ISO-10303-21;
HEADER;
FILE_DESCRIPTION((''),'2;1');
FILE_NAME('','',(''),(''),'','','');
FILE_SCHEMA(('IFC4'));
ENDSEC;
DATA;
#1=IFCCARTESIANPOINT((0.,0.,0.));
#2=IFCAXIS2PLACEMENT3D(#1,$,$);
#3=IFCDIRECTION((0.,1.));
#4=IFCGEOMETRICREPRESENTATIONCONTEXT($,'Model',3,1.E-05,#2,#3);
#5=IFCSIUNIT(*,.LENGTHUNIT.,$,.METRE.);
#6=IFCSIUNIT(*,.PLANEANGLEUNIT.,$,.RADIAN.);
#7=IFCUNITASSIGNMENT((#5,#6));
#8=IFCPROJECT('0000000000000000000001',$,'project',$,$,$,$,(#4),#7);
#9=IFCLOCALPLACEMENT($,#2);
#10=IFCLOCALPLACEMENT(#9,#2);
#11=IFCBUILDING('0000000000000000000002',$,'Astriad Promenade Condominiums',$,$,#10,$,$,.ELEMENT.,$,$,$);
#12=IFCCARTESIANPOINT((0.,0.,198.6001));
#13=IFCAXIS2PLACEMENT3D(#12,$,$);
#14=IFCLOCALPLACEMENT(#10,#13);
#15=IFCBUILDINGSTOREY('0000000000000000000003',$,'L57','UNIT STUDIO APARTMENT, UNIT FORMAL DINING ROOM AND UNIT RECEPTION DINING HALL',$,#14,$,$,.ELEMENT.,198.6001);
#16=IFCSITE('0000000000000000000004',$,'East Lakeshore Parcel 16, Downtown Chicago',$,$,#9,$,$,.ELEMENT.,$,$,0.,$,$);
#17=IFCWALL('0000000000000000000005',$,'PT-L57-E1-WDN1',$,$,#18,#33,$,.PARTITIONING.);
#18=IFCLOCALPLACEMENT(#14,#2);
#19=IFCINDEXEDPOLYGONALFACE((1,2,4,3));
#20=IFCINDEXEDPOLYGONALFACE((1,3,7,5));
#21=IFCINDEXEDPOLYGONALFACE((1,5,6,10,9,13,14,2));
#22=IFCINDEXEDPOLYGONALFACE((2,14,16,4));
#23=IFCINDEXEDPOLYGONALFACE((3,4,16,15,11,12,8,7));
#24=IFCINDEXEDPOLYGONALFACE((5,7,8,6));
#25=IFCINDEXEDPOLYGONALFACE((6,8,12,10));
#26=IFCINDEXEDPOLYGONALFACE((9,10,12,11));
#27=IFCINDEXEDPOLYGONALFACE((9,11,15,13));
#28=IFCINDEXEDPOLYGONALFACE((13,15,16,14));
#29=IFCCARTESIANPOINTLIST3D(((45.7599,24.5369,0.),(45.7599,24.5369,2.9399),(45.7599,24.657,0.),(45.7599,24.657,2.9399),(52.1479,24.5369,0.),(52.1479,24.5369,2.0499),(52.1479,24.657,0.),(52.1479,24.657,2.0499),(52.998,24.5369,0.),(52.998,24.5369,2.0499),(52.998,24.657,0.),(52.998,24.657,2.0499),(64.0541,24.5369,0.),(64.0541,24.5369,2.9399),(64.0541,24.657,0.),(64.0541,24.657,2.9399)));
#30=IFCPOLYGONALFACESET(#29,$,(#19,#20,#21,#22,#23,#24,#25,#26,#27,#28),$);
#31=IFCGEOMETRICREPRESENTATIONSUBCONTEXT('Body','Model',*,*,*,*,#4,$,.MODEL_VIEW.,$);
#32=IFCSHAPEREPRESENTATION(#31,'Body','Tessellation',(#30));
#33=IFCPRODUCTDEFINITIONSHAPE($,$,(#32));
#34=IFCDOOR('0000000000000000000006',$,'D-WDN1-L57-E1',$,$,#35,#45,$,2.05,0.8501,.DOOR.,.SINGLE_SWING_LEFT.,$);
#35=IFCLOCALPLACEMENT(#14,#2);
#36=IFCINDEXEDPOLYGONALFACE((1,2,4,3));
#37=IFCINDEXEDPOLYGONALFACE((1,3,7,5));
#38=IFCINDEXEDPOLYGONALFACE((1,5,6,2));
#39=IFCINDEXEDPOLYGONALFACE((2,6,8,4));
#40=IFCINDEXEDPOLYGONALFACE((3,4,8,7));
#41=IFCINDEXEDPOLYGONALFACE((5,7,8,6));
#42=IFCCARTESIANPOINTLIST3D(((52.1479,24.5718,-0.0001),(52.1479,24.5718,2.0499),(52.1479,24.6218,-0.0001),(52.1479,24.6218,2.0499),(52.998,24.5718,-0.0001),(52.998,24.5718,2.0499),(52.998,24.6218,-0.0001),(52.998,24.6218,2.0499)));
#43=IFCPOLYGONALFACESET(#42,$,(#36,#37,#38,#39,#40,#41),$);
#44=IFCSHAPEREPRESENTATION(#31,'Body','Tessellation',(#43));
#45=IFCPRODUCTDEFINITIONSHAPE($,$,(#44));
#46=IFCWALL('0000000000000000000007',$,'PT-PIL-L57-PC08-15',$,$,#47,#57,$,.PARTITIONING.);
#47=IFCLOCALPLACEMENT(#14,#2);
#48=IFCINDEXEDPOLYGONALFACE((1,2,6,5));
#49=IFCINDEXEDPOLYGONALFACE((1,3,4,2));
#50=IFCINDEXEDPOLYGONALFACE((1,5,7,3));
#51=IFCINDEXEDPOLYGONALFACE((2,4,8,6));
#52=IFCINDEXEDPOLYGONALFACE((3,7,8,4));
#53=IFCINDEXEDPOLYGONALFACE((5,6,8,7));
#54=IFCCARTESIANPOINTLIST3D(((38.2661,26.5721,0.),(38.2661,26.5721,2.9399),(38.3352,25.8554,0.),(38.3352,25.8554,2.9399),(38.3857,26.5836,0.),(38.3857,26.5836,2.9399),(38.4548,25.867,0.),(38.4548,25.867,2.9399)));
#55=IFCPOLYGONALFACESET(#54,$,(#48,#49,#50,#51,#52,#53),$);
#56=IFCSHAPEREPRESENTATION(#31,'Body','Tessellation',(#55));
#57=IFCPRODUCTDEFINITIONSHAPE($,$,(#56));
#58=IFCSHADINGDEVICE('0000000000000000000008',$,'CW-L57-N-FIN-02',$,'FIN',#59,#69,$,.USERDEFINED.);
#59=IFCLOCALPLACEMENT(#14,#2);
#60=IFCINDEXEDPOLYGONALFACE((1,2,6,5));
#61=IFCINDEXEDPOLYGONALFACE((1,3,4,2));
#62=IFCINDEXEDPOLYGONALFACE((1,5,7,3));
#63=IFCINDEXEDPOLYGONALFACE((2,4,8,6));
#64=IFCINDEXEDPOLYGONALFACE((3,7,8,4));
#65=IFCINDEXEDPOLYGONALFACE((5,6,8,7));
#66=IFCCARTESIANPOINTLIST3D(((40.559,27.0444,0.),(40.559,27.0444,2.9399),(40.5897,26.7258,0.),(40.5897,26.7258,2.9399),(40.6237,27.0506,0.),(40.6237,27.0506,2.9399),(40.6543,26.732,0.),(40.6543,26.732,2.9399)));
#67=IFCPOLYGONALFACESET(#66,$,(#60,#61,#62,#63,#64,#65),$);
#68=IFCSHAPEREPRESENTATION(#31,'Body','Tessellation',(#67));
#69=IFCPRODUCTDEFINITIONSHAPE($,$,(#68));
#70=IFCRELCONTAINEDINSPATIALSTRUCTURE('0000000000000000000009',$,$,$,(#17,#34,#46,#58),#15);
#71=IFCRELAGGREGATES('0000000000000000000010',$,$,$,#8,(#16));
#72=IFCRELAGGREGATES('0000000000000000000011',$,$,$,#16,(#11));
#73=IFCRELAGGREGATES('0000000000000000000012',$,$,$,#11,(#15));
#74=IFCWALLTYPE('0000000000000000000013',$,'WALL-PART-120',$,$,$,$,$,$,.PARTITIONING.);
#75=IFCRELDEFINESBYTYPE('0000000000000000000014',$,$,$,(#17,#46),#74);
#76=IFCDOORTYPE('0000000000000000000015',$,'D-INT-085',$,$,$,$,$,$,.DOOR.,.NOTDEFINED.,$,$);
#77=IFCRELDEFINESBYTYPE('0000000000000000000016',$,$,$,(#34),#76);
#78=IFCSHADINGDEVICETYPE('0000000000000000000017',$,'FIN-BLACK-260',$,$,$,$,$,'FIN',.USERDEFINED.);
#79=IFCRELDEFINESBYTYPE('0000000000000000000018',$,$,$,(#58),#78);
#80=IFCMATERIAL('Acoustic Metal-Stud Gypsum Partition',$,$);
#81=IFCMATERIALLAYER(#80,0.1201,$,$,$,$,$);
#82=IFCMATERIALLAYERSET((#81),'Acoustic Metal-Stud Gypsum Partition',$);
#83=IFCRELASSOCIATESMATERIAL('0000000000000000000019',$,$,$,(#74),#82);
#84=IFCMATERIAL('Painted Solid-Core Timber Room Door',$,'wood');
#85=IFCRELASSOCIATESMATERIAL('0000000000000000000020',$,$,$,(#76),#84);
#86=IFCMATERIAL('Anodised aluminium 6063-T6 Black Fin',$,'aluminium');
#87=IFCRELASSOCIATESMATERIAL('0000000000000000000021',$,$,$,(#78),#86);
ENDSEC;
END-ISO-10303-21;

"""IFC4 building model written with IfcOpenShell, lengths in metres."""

from ifc_helpers import new_model, si_unit, direction, frame, frame_2d, origin, origin_2d, place, context, subcontext, project, spatial, rectangle, extrude, source, transform, mapped, material, layer, layer_set, type_object, type_shapes, element, fill, save


model = new_model("IFC4")

# Units and contexts
model_context = context("Model", 3, precision=1e-05, world=origin(), true_north=direction((0.0, 1.0)))
body_context = subcontext(model_context, "Body", "Model", "MODEL_VIEW")
ifc_project = project(units=[si_unit("LENGTHUNIT", "METRE"), si_unit("PLANEANGLEUNIT", "RADIAN")], contexts=[model_context])

# Site, building, storey
site_placement = place(None, origin())
site = spatial("IfcSite", under=ifc_project, at=site_placement, Name="East Lakeshore Parcel 16, Downtown Chicago", CompositionType="ELEMENT", RefElevation=0.0)
building_placement = place(site_placement, origin())
building = spatial("IfcBuilding", under=site, at=building_placement, Name="Astriad Promenade Condominiums", CompositionType="ELEMENT")
storey_placement = place(building_placement, frame((0.0, 0.0, 198.6001)))
storey = spatial("IfcBuildingStorey", under=building, at=storey_placement, Name="L57", Description="UNIT STUDIO APARTMENT, UNIT FORMAL DINING ROOM AND UNIT RECEPTION DINING HALL", CompositionType="ELEMENT", Elevation=198.6001)

# Wall, opening, door
ifc_material_1 = material(Name="Acoustic Metal-Stud Gypsum Partition")
ifc_layer_1 = layer(ifc_material_1, 0.1201)
ifc_layer_set_1 = layer_set([ifc_layer_1], Name="Acoustic Metal-Stud Gypsum Partition")
wall_type_1 = type_object("IfcWallType", Name="WALL-PART-120", PredefinedType="PARTITIONING", material=ifc_layer_set_1)
wall_1_placement = place(storey_placement, frame((45.76, 24.5969, 0.0), z_axis=(0.0, 0.0, 1.0), x_axis=(1.0, 0.0, 0.0)))
wall_1 = element("IfcWall", 1, at=wall_1_placement, inside=storey, type_object=wall_type_1, Name="PT-L57-E1-WDN1", PredefinedType="PARTITIONING", context=body_context, shape_type="SweptSolid", body=[
    extrude(rectangle(XDim=18.2942, YDim=0.1201, at=frame_2d((9.147, 0.0))), origin(), (0.0, 0.0, 1.0), 2.9399),
])
opening_1_placement = place(wall_1_placement, frame((6.3879, 0.0, 0.0)))
opening_1 = element("IfcOpeningElement", 2, at=opening_1_placement, cuts=wall_1, PredefinedType="OPENING", context=body_context, shape_type="SweptSolid", body=[
    extrude(rectangle(XDim=0.8501, YDim=2.05, at=frame_2d((0.425, 1.0249))), frame((0.0, 0.0701, 0.0), z_axis=(0.0, -1.0, 0.0), x_axis=(1.0, 0.0, 0.0)), (0.0, 0.0, 1.0), 0.1401),
])
ifc_material_2 = material(Name="Painted Solid-Core Timber Room Door", Category="wood")
door_type_1 = type_object("IfcDoorType", Name="D-INT-085", OperationType="NOTDEFINED", PredefinedType="DOOR", material=ifc_material_2)
shared_shape_1 = source(origin(), body_context, "Body", "SweptSolid", [
    extrude(rectangle(XDim=0.8501, YDim=2.05, at=frame_2d((0.425, 1.0249))), frame((0.0, 0.0249, 0.0), z_axis=(0.0, -1.0, 0.0), x_axis=(1.0, 0.0, 0.0)), (0.0, 0.0, 1.0), 0.05),
])
type_shapes(door_type_1, [shared_shape_1])
door_1_placement = place(opening_1_placement, origin())
door_1 = element("IfcDoor", 3, at=door_1_placement, inside=storey, type_object=door_type_1, Name="D-WDN1-L57-E1", OperationType="SINGLE_SWING_LEFT", OverallHeight=2.05, OverallWidth=0.8501, PredefinedType="DOOR", context=body_context, shape_type="MappedRepresentation", body=[
    mapped(shared_shape_1, transform((0.0, 0.0, 0.0), scale=1.0)),
])
fill(opening_1, door_1)

# Wall
wall_2_placement = place(storey_placement, frame((38.395, 25.8613, 0.0), z_axis=(0.0, 0.0, 1.0), x_axis=(-0.095977, 0.995384, 0.0)))
element("IfcWall", 4, at=wall_2_placement, inside=storey, type_object=wall_type_1, Name="PT-PIL-L57-PC08-15", PredefinedType="PARTITIONING", context=body_context, shape_type="SweptSolid", body=[
    extrude(rectangle(XDim=0.72, YDim=0.1201, at=frame_2d((0.3599, 0.0))), origin(), (0.0, 0.0, 1.0), 2.9399),
])

# Shading device
ifc_material_3 = material(Name="Anodised aluminium 6063-T6 Black Fin", Category="aluminium")
shading_device_type = type_object("IfcShadingDeviceType", Name="FIN-BLACK-260", ElementType="FIN", PredefinedType="USERDEFINED", material=ifc_material_3)
shared_shape_2 = source(origin(), body_context, "Body", "SweptSolid", [
    extrude(rectangle(XDim=0.0649, YDim=0.3201, at=origin_2d()), origin(), (0.0, 0.0, 1.0), 2.9399),
])
type_shapes(shading_device_type, [shared_shape_2])
shading_device_placement = place(storey_placement, frame((40.6067, 26.8882, 0.0), z_axis=(0.0, 0.0, 1.0), x_axis=(0.995396, 0.095846, 0.0)))
element("IfcShadingDevice", 5, at=shading_device_placement, inside=storey, type_object=shading_device_type, Name="CW-L57-N-FIN-02", ObjectType="FIN", PredefinedType="USERDEFINED", context=body_context, shape_type="MappedRepresentation", body=[
    mapped(shared_shape_2, transform((0.0, 0.0, 0.0), scale=1.0)),
])

save(model, "model.ifc")
